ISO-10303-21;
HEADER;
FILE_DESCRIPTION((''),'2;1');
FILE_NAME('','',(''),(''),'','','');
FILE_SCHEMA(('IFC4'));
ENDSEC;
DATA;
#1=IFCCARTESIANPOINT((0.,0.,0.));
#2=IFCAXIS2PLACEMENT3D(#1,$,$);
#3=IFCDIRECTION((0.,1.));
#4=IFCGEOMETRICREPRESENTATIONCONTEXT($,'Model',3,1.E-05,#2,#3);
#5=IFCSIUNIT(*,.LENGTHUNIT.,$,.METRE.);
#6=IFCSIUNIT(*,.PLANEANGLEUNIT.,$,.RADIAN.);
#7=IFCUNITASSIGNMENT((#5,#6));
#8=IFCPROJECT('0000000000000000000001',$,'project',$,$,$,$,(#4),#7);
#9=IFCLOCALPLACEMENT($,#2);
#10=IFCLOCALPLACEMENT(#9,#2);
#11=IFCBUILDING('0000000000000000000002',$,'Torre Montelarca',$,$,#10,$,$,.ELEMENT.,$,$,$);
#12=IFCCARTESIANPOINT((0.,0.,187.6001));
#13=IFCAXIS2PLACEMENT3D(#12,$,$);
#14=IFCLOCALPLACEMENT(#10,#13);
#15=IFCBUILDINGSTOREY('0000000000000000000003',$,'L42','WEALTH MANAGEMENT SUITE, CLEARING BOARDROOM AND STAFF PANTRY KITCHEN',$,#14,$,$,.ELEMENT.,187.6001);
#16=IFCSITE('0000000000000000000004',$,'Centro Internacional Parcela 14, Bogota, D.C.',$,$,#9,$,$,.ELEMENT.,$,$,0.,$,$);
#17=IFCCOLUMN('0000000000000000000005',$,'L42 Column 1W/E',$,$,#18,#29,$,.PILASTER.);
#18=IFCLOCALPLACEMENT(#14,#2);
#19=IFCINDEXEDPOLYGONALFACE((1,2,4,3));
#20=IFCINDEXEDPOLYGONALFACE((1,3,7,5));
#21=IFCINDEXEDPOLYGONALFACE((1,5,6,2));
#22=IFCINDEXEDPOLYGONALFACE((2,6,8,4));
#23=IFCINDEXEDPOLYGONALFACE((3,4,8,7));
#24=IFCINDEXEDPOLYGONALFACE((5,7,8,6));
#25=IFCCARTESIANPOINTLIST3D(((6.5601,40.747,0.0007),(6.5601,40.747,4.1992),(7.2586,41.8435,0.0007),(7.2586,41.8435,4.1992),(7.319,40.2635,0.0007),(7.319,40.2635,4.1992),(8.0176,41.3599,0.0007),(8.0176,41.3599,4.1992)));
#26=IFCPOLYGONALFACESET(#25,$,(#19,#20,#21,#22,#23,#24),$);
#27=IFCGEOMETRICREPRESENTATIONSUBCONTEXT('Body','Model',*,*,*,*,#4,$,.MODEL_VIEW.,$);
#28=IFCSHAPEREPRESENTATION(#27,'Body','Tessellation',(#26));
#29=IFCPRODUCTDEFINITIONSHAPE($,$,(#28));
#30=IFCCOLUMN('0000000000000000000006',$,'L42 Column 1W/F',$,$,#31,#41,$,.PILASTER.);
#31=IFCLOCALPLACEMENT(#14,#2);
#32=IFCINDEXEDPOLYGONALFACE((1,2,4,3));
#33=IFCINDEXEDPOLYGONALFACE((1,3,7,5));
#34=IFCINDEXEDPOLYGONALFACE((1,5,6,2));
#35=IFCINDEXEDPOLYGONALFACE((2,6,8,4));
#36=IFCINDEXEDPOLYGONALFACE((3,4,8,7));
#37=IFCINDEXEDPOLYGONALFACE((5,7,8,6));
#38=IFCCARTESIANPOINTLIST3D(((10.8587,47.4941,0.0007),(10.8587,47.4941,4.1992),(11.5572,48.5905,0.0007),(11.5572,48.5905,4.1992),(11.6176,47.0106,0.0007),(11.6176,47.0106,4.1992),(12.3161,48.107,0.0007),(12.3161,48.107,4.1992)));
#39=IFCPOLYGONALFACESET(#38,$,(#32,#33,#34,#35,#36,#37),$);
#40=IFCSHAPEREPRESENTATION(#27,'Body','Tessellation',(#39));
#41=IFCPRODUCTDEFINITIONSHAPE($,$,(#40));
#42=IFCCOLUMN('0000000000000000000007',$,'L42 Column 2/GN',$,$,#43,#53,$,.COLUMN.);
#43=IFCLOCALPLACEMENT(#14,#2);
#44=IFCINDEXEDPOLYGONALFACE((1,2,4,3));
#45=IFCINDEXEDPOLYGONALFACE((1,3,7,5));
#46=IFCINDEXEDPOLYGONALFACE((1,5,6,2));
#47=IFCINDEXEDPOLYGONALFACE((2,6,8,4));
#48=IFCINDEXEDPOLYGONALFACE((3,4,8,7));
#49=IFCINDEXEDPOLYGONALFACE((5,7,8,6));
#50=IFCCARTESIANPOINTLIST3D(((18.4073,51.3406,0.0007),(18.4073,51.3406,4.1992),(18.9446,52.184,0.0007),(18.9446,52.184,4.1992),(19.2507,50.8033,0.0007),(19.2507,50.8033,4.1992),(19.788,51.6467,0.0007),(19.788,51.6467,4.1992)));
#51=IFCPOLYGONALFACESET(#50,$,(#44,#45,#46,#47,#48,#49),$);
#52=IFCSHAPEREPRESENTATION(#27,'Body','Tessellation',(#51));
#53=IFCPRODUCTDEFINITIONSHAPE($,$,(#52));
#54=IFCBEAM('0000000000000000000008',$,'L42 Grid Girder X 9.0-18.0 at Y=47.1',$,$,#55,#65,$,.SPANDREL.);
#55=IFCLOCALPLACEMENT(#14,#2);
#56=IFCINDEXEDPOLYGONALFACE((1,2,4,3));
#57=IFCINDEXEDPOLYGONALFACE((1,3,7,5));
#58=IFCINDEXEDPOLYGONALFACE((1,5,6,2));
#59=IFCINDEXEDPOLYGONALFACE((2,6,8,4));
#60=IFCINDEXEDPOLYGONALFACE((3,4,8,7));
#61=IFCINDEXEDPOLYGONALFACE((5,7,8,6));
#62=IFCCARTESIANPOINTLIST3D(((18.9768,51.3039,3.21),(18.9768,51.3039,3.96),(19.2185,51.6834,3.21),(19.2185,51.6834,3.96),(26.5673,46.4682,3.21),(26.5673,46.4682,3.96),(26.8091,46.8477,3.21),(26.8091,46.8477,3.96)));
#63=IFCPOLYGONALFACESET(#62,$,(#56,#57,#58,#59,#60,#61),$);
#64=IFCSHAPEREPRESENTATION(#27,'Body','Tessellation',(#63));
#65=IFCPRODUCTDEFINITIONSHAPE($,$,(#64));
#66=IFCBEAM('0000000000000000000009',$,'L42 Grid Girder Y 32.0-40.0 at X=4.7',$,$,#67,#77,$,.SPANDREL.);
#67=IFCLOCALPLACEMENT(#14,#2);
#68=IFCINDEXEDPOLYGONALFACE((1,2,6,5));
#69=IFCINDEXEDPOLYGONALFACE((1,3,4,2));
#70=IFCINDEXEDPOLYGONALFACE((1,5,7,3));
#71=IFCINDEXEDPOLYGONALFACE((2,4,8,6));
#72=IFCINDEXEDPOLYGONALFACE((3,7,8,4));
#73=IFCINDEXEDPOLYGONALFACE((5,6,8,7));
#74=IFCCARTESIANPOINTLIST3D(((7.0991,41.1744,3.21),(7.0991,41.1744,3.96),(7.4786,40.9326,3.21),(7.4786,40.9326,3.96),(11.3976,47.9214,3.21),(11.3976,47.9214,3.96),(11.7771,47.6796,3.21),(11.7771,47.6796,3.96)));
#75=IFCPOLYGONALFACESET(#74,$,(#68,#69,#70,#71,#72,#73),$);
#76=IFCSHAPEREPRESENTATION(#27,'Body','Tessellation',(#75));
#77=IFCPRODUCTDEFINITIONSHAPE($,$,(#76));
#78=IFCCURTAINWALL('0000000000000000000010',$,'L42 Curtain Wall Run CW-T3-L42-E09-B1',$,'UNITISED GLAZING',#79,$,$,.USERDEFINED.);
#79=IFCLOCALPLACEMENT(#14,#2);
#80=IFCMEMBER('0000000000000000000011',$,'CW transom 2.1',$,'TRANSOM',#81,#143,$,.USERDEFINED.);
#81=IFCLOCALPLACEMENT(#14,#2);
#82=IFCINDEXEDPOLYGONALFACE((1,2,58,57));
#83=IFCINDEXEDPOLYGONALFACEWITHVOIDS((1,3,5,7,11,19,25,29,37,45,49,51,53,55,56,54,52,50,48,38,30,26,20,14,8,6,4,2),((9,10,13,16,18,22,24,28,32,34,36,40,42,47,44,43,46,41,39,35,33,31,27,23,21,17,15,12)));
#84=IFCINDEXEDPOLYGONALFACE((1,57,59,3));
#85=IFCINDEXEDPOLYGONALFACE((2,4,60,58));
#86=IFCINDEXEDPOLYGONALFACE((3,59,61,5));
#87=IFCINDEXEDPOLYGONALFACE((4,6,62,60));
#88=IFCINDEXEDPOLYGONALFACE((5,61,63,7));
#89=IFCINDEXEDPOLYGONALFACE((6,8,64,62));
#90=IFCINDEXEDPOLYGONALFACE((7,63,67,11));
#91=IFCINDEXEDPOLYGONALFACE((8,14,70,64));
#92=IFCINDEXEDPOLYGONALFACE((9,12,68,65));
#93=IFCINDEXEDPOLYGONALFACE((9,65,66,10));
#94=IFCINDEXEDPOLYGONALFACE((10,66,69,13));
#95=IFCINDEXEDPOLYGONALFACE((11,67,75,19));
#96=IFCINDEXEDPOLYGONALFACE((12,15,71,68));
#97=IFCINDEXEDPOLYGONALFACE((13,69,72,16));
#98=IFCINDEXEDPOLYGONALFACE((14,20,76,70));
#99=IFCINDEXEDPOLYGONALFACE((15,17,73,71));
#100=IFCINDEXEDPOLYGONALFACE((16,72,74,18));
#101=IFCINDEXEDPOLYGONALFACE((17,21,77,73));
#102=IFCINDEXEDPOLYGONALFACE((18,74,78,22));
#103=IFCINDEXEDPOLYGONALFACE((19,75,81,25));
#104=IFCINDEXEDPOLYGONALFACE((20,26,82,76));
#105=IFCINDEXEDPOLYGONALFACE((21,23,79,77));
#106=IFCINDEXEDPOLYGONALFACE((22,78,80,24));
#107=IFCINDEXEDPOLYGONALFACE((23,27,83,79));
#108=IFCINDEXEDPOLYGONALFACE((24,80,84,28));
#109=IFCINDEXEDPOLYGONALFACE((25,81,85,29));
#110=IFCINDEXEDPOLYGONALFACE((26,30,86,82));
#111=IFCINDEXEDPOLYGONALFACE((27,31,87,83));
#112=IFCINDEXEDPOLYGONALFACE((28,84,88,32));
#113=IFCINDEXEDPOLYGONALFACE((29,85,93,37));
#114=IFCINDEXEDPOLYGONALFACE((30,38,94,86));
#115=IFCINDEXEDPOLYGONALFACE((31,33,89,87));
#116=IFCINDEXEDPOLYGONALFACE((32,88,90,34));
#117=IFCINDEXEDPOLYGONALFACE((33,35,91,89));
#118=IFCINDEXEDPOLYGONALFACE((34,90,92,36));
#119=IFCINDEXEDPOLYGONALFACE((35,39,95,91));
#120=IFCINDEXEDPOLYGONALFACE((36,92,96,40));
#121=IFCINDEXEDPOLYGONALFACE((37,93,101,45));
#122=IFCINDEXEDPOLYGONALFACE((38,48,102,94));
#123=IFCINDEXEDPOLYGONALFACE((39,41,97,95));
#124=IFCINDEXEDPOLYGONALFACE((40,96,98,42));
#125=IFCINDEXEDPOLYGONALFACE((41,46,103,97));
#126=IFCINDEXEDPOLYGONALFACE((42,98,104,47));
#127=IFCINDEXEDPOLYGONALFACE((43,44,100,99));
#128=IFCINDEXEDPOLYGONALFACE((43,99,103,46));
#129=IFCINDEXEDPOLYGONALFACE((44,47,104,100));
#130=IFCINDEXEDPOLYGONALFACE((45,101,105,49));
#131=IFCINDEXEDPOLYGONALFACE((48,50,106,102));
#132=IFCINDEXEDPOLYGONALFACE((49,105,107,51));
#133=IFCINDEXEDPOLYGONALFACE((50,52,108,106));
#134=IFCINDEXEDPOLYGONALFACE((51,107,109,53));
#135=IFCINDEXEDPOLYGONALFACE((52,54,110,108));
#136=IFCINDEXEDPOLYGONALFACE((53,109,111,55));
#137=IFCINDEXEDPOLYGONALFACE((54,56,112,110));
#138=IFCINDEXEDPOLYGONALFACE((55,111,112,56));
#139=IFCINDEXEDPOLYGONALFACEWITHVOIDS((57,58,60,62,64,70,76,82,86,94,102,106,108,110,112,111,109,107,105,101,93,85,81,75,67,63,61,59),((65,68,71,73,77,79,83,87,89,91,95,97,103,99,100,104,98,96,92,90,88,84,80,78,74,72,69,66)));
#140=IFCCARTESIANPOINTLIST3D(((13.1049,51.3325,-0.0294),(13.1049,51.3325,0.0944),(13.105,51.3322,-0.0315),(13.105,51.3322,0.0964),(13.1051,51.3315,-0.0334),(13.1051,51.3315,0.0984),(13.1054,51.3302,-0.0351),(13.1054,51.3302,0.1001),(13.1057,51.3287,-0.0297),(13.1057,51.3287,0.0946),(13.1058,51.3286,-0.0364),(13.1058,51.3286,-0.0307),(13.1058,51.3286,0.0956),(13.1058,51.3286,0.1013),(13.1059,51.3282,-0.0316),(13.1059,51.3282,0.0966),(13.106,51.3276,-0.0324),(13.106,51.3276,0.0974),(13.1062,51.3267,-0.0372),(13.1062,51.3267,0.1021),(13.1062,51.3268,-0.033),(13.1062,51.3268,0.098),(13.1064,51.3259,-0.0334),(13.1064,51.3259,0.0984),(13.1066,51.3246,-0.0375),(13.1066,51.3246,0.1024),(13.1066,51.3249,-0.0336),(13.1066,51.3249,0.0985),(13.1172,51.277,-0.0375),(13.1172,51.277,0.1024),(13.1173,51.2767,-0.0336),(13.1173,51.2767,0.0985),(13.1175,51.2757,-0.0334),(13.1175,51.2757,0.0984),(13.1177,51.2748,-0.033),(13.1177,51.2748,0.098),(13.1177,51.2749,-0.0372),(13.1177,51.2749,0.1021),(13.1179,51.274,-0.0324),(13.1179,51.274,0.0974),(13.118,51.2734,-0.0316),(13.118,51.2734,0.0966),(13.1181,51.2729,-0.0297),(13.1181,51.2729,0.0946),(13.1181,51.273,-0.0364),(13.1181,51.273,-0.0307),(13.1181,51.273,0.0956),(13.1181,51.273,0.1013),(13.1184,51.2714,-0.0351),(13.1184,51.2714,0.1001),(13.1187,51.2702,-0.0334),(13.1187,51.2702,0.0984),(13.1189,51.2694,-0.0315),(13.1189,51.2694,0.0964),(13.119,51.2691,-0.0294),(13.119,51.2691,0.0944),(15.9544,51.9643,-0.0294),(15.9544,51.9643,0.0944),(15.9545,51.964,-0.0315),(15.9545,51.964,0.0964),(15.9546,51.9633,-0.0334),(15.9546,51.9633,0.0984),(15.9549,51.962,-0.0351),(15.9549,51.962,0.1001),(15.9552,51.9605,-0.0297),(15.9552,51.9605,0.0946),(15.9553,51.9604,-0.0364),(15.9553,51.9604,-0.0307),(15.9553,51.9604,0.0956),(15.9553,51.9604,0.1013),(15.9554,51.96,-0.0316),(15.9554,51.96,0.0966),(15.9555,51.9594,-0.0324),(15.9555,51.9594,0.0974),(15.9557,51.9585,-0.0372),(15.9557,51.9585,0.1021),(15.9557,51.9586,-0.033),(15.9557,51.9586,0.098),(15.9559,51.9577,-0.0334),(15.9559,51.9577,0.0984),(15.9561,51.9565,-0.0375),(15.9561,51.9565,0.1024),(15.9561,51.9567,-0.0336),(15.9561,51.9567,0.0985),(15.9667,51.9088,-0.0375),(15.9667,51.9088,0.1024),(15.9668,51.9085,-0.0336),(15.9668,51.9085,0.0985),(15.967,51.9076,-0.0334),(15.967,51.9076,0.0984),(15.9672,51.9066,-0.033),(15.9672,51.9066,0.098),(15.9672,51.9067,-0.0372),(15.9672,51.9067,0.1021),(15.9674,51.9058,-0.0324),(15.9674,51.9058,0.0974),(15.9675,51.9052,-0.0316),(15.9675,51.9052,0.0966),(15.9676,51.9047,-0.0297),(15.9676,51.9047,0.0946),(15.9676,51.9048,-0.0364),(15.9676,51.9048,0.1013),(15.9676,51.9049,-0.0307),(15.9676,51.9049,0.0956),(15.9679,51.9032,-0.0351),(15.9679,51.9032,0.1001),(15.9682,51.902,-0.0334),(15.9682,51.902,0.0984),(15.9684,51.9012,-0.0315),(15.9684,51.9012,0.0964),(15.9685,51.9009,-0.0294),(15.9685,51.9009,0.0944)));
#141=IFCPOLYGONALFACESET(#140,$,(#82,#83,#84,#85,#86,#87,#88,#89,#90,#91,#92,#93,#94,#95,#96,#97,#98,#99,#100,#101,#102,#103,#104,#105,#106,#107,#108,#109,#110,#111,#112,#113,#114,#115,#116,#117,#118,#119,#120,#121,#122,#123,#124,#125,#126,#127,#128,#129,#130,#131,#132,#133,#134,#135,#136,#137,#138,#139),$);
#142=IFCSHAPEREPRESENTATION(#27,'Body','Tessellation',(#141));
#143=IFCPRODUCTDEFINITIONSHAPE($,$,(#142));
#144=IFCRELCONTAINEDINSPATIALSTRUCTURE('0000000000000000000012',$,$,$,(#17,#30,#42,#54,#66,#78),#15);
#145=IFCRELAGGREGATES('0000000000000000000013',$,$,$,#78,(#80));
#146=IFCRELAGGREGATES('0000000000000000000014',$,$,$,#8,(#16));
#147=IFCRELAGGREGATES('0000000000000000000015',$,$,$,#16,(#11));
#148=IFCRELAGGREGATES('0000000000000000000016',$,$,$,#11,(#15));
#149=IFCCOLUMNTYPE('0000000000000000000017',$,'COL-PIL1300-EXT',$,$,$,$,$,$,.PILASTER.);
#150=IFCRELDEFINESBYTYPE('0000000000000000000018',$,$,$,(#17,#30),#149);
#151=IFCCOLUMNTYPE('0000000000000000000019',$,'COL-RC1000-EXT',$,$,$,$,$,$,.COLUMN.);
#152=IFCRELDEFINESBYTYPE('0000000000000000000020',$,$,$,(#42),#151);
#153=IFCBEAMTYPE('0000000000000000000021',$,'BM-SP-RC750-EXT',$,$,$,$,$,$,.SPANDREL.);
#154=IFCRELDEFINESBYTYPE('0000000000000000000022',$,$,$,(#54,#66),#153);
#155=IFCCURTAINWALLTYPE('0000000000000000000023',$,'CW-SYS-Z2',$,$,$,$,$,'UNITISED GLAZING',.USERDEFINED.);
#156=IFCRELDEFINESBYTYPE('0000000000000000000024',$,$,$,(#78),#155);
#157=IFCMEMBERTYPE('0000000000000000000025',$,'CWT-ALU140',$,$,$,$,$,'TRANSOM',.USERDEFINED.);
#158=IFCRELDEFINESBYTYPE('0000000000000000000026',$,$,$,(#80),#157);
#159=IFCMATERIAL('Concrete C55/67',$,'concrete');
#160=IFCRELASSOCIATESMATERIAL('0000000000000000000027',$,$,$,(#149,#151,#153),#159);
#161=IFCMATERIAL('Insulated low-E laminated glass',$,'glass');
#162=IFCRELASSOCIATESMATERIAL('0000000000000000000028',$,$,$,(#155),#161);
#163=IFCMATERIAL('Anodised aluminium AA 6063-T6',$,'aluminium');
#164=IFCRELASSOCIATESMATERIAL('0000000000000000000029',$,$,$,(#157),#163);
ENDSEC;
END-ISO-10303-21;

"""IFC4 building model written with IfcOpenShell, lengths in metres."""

from ifc_helpers import new_model, si_unit, direction, frame, origin, origin_2d, place, context, subcontext, project, spatial, rectangle, hollow_rectangle, extrude, source, transform, mapped, material, material_profile, profile_set, type_object, element, aggregate, save


model = new_model("IFC4")

# Units and contexts
model_context = context("Model", 3, precision=1e-05, world=origin(), true_north=direction((0.0, 1.0)))
body_context = subcontext(model_context, "Body", "Model", "MODEL_VIEW")
ifc_project = project(units=[si_unit("LENGTHUNIT", "METRE"), si_unit("PLANEANGLEUNIT", "RADIAN")], contexts=[model_context])

# Site, building, storey
site_placement = place(None, origin())
site = spatial("IfcSite", under=ifc_project, at=site_placement, Name="Centro Internacional Parcela 14, Bogota, D.C.", CompositionType="ELEMENT", RefElevation=0.0)
building_placement = place(site_placement, origin())
building = spatial("IfcBuilding", under=site, at=building_placement, Name="Torre Montelarca", CompositionType="ELEMENT")
storey_placement = place(building_placement, frame((0.0, 0.0, 187.6001)))
storey = spatial("IfcBuildingStorey", under=building, at=storey_placement, Name="L42", Description="WEALTH MANAGEMENT SUITE, CLEARING BOARDROOM AND STAFF PANTRY KITCHEN", CompositionType="ELEMENT", Elevation=187.6001)

# Columns
ifc_material_1 = material(Name="Concrete C55/67", Category="concrete")
ifc_material_profile_1 = material_profile(ifc_material_1, rectangle(XDim=0.8999, YDim=1.3, at=origin_2d()), Name="RC1300X900", Category="concrete")
ifc_profile_set_1 = profile_set([ifc_material_profile_1], Name="Concrete C55/67")
column_type_1 = type_object("IfcColumnType", Name="COL-PIL1300-EXT", PredefinedType="PILASTER", material=ifc_profile_set_1)
shared_shape_1 = source(origin(), body_context, "Body", "SweptSolid", [
    extrude(rectangle(XDim=0.8999, YDim=1.3, at=origin_2d()), origin(), (0.0, 0.0, 1.0), 4.1985),
])
for number, where, z_axis, x_axis, name in (
    (1, (7.2888, 41.0535, 0.0007), (0.0, 0.0, 1.0), (-0.843391, 0.5373, 0.0), "L42 Column 1W/E"),
    (2, (11.5874, 47.8005, 0.0007), (0.0, 0.0, 1.0), (-0.843391, 0.5373, 0.0), "L42 Column 1W/F"),
):
    element("IfcColumn", number, at=place(storey_placement, frame(where, z_axis=z_axis, x_axis=x_axis)), inside=storey, type_object=column_type_1, Name=name, PredefinedType="PILASTER", context=body_context, shape_type="MappedRepresentation", body=[
        mapped(shared_shape_1, transform((0.0, 0.0, 0.0), scale=1.0)),
    ])
ifc_material_profile_2 = material_profile(ifc_material_1, rectangle(XDim=1.0, YDim=1.0, at=origin_2d()), Name="RC1000X1000", Category="concrete")
ifc_profile_set_2 = profile_set([ifc_material_profile_2], Name="Concrete C55/67")
column_type_2 = type_object("IfcColumnType", Name="COL-RC1000-EXT", PredefinedType="COLUMN", material=ifc_profile_set_2)
shared_shape_2 = source(origin(), body_context, "Body", "SweptSolid", [
    extrude(rectangle(XDim=1.0, YDim=1.0, at=origin_2d()), origin(), (0.0, 0.0, 1.0), 4.1985),
])
column_placement = place(storey_placement, frame((19.0977, 51.4937, 0.0007), z_axis=(0.0, 0.0, 1.0), x_axis=(-0.843391, 0.5373, 0.0)))
element("IfcColumn", 3, at=column_placement, inside=storey, type_object=column_type_2, Name="L42 Column 2/GN", PredefinedType="COLUMN", context=body_context, shape_type="MappedRepresentation", body=[
    mapped(shared_shape_2, transform((0.0, 0.0, 0.0), scale=1.0)),
])

# Beams
ifc_material_profile_3 = material_profile(ifc_material_1, rectangle(XDim=0.45, YDim=0.75, at=origin_2d()), Name="RCB450X750", Category="concrete")
ifc_profile_set_3 = profile_set([ifc_material_profile_3], Name="Concrete C55/67")
beam_type = type_object("IfcBeamType", Name="BM-SP-RC750-EXT", PredefinedType="SPANDREL", material=ifc_profile_set_3)
shared_shape_3 = source(origin(), body_context, "Body", "SweptSolid", [
    extrude(rectangle(XDim=0.45, YDim=0.75, at=origin_2d()), origin(), (0.0, 0.0, 1.0), 9.0),
])
beam_1_placement = place(storey_placement, frame((19.0977, 51.4937, 3.585), z_axis=(0.843393, -0.537297, 0.0), x_axis=(0.537297, 0.843393, 0.0)))
element("IfcBeam", 4, at=beam_1_placement, inside=storey, type_object=beam_type, Name="L42 Grid Girder X 9.0-18.0 at Y=47.1", PredefinedType="SPANDREL", context=body_context, shape_type="MappedRepresentation", body=[
    mapped(shared_shape_3, transform((0.0, 0.0, 0.0), scale=1.0)),
])
shared_shape_4 = source(origin(), body_context, "Body", "SweptSolid", [
    extrude(rectangle(XDim=0.45, YDim=0.75, at=origin_2d()), origin(), (0.0, 0.0, 1.0), 8.0),
])
beam_2_placement = place(storey_placement, frame((7.2888, 41.0535, 3.585), z_axis=(0.53732, 0.843379, 0.0), x_axis=(-0.843379, 0.53732, 0.0)))
element("IfcBeam", 5, at=beam_2_placement, inside=storey, type_object=beam_type, Name="L42 Grid Girder Y 32.0-40.0 at X=4.7", PredefinedType="SPANDREL", context=body_context, shape_type="MappedRepresentation", body=[
    mapped(shared_shape_4, transform((0.0, 0.0, 0.0), scale=1.0)),
])

# Curtain wall, member
ifc_material_2 = material(Name="Insulated low-E laminated glass", Category="glass")
curtain_wall_type = type_object("IfcCurtainWallType", Name="CW-SYS-Z2", ElementType="UNITISED GLAZING", PredefinedType="USERDEFINED", material=ifc_material_2)
curtain_wall_1_placement = place(storey_placement, origin())
curtain_wall_1 = element("IfcCurtainWall", 6, at=curtain_wall_1_placement, inside=storey, type_object=curtain_wall_type, Name="L42 Curtain Wall Run CW-T3-L42-E09-B1", ObjectType="UNITISED GLAZING", PredefinedType="USERDEFINED")
ifc_material_3 = material(Name="Anodised aluminium AA 6063-T6", Category="aluminium")
ifc_material_profile_4 = material_profile(ifc_material_3, hollow_rectangle(XDim=0.0649, YDim=0.1399, WallThickness=0.0039, InnerFilletRadius=0.0039, OuterFilletRadius=0.0081, at=origin_2d()), Name="ALU65X140X4", Category="aluminium")
ifc_profile_set_4 = profile_set([ifc_material_profile_4], Name="Anodised aluminium AA 6063-T6")
member_type_1 = type_object("IfcMemberType", Name="CWT-ALU140", ElementType="TRANSOM", PredefinedType="USERDEFINED", material=ifc_profile_set_4)
shared_shape_5 = source(origin(), body_context, "Body", "SweptSolid", [
    extrude(hollow_rectangle(XDim=0.0649, YDim=0.1399, WallThickness=0.0039, InnerFilletRadius=0.0039, OuterFilletRadius=0.0081, at=origin_2d()), origin(), (0.0, 0.0, 1.0), 2.9187),
])
member_1_placement = place(storey_placement, frame((15.9614, 51.9326, 0.0325), z_axis=(-0.976289, -0.21647, 0.0), x_axis=(0.21647, -0.976289, 0.0)))
member_1 = element("IfcMember", 7, at=member_1_placement, type_object=member_type_1, Name="CW transom 2.1", ObjectType="TRANSOM", PredefinedType="USERDEFINED", context=body_context, shape_type="MappedRepresentation", body=[
    mapped(shared_shape_5, transform((0.0, 0.0, 0.0), scale=1.0)),
])

aggregate(curtain_wall_1, [member_1])

save(model, "model.ifc")
